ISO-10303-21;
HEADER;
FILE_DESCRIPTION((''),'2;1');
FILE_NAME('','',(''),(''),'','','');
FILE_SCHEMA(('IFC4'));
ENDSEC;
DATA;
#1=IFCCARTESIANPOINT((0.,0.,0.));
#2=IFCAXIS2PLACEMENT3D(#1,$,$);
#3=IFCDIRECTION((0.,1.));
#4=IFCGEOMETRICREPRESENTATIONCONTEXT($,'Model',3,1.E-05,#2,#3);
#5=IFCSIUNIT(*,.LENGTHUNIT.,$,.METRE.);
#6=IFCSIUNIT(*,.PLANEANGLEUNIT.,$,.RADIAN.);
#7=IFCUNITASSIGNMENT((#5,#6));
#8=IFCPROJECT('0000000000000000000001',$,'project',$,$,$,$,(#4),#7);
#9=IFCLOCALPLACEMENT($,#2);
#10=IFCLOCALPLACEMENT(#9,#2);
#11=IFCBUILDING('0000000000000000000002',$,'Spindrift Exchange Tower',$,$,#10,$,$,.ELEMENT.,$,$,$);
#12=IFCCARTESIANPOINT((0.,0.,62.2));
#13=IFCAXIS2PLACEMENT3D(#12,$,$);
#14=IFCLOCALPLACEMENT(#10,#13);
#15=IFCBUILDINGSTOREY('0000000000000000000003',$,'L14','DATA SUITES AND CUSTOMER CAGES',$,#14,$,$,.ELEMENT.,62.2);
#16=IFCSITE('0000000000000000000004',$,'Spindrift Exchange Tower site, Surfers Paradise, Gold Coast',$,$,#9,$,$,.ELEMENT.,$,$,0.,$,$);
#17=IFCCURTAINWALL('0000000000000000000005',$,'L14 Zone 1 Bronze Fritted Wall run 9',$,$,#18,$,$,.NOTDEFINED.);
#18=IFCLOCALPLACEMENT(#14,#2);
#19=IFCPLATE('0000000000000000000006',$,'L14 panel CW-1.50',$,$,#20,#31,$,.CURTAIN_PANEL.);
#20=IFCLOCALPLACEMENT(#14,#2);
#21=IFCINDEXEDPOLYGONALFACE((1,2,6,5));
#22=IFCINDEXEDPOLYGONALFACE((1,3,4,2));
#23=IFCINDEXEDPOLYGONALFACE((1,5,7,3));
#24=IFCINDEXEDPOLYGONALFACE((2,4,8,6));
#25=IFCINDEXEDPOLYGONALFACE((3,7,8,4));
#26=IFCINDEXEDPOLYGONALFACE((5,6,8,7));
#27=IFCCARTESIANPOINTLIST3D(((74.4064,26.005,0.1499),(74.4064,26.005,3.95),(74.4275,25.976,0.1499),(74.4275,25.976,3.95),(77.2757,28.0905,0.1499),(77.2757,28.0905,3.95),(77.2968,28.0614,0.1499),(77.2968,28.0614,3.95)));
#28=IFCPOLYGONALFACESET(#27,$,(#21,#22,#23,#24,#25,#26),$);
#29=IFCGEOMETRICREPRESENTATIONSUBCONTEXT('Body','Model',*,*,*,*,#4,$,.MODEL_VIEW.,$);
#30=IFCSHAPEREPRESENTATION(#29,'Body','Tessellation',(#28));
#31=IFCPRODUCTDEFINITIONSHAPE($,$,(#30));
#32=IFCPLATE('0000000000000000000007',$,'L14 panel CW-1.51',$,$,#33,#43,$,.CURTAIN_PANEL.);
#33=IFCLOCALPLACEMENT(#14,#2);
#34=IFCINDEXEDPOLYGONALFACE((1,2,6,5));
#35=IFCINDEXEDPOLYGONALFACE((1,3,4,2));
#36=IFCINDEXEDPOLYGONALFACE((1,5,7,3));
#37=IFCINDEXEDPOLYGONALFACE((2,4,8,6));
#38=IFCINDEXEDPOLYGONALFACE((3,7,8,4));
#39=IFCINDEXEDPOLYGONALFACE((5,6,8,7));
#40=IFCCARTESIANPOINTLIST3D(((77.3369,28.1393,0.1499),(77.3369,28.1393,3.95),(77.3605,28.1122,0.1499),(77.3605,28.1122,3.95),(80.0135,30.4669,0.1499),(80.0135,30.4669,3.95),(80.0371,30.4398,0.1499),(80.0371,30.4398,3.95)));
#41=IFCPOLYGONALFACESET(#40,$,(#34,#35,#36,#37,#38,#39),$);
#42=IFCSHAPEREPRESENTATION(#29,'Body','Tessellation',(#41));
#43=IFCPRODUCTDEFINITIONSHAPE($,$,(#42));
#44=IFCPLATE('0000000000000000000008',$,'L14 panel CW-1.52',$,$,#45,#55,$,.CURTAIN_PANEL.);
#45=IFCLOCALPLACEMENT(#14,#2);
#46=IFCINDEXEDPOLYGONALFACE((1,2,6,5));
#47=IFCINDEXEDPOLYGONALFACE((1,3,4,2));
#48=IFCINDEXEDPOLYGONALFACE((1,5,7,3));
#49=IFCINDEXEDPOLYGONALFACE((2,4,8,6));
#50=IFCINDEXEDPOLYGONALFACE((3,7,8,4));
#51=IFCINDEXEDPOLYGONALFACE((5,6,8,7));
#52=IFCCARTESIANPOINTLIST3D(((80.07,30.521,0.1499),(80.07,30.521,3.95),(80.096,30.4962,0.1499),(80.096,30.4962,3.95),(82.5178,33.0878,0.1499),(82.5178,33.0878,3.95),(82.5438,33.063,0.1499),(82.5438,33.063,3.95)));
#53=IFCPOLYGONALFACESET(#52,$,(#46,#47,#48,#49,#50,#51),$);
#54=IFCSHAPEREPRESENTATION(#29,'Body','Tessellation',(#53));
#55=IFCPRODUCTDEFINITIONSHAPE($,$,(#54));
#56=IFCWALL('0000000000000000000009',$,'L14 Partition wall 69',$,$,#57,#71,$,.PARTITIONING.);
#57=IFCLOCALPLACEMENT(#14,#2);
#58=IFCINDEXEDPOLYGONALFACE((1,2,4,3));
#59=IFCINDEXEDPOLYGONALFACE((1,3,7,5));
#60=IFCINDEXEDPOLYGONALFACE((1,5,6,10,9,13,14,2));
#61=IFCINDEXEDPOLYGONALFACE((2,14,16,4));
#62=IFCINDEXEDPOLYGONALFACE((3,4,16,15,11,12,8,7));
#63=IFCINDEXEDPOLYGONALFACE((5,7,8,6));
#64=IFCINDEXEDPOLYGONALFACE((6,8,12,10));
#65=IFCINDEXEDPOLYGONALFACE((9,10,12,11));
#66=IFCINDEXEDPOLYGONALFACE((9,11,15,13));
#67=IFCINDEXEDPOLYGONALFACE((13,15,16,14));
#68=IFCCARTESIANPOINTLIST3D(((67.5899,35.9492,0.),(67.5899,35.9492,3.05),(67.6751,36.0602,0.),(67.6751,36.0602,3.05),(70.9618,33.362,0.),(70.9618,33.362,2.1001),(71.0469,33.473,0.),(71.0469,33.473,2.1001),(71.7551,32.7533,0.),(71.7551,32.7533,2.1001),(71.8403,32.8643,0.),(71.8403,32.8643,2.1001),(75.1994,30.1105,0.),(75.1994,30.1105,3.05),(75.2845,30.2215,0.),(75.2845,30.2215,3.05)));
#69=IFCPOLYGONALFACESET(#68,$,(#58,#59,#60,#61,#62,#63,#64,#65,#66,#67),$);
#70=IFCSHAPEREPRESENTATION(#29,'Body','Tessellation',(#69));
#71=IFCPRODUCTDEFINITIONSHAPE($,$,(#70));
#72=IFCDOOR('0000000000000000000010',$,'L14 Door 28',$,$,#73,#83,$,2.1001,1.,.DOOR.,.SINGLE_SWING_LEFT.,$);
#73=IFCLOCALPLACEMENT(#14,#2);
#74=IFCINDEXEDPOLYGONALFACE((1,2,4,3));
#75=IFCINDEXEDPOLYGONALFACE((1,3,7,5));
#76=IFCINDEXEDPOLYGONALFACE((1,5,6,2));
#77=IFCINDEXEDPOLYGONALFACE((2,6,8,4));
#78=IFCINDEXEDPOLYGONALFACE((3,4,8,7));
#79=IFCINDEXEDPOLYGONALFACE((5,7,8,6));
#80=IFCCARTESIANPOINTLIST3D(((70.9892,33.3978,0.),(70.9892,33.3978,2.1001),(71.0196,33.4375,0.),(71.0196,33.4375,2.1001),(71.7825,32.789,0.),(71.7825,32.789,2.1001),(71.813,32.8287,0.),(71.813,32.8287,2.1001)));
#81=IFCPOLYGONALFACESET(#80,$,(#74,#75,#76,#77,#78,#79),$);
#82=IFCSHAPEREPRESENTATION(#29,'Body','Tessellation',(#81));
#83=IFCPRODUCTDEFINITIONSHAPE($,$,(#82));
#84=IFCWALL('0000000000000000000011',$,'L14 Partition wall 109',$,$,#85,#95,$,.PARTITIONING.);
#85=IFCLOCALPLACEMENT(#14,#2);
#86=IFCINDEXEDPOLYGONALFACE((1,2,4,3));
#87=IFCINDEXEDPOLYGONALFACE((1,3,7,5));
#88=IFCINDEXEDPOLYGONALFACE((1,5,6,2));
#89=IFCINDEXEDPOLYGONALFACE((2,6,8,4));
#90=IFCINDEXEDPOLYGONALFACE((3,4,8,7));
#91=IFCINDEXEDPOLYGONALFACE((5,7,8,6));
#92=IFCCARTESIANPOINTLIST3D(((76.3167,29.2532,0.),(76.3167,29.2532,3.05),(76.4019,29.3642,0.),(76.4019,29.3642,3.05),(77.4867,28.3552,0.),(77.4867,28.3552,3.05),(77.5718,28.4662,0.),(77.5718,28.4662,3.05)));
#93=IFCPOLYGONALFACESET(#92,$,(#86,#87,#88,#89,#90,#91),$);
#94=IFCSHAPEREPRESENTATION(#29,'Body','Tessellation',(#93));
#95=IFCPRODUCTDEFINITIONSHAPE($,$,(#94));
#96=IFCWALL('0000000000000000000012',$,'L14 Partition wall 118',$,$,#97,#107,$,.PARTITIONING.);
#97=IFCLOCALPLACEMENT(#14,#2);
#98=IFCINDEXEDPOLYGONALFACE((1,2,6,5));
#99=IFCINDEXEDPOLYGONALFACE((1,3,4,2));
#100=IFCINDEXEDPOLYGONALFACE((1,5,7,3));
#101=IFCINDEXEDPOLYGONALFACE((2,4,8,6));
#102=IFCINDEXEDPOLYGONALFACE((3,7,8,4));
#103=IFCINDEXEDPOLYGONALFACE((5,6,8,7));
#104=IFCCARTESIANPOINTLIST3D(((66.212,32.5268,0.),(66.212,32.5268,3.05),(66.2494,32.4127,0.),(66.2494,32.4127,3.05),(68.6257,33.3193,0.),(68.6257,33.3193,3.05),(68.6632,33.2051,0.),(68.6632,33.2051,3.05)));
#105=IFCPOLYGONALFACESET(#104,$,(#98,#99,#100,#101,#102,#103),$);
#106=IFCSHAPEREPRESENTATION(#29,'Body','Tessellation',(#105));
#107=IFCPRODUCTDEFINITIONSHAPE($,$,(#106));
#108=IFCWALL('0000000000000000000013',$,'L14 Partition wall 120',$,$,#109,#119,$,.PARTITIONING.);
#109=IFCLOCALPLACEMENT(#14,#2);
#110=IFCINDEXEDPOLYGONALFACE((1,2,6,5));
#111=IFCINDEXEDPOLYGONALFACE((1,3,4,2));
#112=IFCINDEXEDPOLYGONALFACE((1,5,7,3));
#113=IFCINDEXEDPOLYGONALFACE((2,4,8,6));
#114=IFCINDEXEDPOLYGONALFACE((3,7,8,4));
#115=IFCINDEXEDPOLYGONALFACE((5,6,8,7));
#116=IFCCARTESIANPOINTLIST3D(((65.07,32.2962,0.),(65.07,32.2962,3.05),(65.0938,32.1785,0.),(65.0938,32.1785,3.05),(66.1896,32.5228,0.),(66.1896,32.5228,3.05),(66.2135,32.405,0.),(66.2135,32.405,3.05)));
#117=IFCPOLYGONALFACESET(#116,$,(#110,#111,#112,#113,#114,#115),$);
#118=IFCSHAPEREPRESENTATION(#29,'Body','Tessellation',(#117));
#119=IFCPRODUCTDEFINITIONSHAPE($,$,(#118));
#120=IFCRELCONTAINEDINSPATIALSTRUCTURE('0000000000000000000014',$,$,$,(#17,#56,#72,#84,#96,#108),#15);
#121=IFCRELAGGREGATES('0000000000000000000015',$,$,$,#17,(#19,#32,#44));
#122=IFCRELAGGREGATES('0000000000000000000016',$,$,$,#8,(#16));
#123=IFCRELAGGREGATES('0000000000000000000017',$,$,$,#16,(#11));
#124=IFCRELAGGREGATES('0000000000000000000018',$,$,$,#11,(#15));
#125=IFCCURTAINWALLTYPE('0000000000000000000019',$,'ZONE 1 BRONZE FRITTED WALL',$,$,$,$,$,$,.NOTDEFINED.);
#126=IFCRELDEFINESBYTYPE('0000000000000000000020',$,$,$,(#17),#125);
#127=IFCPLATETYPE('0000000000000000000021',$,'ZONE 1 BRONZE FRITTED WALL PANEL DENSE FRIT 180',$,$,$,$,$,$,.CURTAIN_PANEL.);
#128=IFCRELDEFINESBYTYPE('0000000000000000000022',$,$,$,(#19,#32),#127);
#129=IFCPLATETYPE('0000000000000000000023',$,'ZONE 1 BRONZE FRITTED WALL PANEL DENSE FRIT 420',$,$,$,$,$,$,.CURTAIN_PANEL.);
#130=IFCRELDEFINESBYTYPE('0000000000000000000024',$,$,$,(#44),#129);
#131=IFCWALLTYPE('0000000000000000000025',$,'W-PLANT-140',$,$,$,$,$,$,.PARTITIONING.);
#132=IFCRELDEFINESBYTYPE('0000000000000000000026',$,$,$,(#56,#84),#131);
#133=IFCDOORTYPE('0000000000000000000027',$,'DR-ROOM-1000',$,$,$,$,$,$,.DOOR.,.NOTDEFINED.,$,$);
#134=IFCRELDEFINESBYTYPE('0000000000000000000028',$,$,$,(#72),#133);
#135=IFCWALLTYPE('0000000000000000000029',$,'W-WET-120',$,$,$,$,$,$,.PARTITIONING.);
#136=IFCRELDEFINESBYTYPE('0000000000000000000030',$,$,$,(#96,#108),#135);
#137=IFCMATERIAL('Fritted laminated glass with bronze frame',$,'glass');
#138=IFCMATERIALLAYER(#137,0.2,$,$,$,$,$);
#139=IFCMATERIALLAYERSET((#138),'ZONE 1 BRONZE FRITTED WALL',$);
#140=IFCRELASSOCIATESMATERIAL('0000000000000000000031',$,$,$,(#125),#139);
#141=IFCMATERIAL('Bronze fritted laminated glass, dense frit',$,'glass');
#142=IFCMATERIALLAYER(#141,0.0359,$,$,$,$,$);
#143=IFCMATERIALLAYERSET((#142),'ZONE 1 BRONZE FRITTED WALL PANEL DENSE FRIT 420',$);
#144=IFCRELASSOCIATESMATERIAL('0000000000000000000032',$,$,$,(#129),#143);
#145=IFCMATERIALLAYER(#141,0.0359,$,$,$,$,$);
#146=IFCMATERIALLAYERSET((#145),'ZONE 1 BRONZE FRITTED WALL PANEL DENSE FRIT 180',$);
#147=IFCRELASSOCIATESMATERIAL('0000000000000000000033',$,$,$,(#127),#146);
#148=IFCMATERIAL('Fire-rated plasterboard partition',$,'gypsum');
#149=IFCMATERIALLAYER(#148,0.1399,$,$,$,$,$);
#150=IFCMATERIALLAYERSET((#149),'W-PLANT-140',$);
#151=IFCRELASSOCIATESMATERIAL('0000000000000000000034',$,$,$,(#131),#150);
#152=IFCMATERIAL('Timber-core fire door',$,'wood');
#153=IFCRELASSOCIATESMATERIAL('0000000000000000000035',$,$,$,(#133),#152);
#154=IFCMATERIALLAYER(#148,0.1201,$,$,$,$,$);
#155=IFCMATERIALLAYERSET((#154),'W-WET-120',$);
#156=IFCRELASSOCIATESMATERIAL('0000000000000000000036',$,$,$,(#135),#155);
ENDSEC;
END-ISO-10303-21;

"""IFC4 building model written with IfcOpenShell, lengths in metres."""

from ifc_helpers import new_model, si_unit, direction, frame, frame_2d, origin, origin_2d, place, context, subcontext, project, spatial, rectangle, extrude, source, transform, mapped, material, layer, layer_set, type_object, element, fill, aggregate, save


model = new_model("IFC4")

# Units and contexts
model_context = context("Model", 3, precision=1e-05, world=origin(), true_north=direction((0.0, 1.0)))
body_context = subcontext(model_context, "Body", "Model", "MODEL_VIEW")
ifc_project = project(units=[si_unit("LENGTHUNIT", "METRE"), si_unit("PLANEANGLEUNIT", "RADIAN")], contexts=[model_context])

# Site, building, storey
site_placement = place(None, origin())
site = spatial("IfcSite", under=ifc_project, at=site_placement, Name="Spindrift Exchange Tower site, Surfers Paradise, Gold Coast", CompositionType="ELEMENT", RefElevation=0.0)
building_placement = place(site_placement, origin())
building = spatial("IfcBuilding", under=site, at=building_placement, Name="Spindrift Exchange Tower", CompositionType="ELEMENT")
storey_placement = place(building_placement, frame((0.0, 0.0, 62.2)))
storey = spatial("IfcBuildingStorey", under=building, at=storey_placement, Name="L14", Description="DATA SUITES AND CUSTOMER CAGES", CompositionType="ELEMENT", Elevation=62.2)

# Shared definitions
ifc_material_1 = material(Name="Fritted laminated glass with bronze frame", Category="glass")
ifc_layer_1 = layer(ifc_material_1, 0.2)
ifc_layer_set_1 = layer_set([ifc_layer_1], Name="ZONE 1 BRONZE FRITTED WALL")
curtain_wall_type = type_object("IfcCurtainWallType", Name="ZONE 1 BRONZE FRITTED WALL", PredefinedType="NOTDEFINED", material=ifc_layer_set_1)

# Curtain wall
curtain_wall_1_placement = place(storey_placement, origin())
curtain_wall_1 = element("IfcCurtainWall", 1, at=curtain_wall_1_placement, inside=storey, type_object=curtain_wall_type, Name="L14 Zone 1 Bronze Fritted Wall run 9", PredefinedType="NOTDEFINED")

# Plates
ifc_material_2 = material(Name="Bronze fritted laminated glass, dense frit", Category="glass")
ifc_layer_2 = layer(ifc_material_2, 0.0359)
ifc_layer_set_2 = layer_set([ifc_layer_2], Name="ZONE 1 BRONZE FRITTED WALL PANEL DENSE FRIT 420")
plate_type_1 = type_object("IfcPlateType", Name="ZONE 1 BRONZE FRITTED WALL PANEL DENSE FRIT 420", PredefinedType="CURTAIN_PANEL", material=ifc_layer_set_2)
ifc_layer_3 = layer(ifc_material_2, 0.0359)
ifc_layer_set_3 = layer_set([ifc_layer_3], Name="ZONE 1 BRONZE FRITTED WALL PANEL DENSE FRIT 180")
plate_type_2 = type_object("IfcPlateType", Name="ZONE 1 BRONZE FRITTED WALL PANEL DENSE FRIT 180", PredefinedType="CURTAIN_PANEL", material=ifc_layer_set_3)
shared_shape_1 = source(origin(), body_context, "Body", "SweptSolid", [
    extrude(rectangle(XDim=3.5471, YDim=0.0359, at=origin_2d()), origin(), (0.0, 0.0, 1.0), 3.8),
])
plate_1_placement = place(storey_placement, frame((75.8516, 27.0332, 0.1499), z_axis=(0.0, 0.0, 1.0), x_axis=(0.808909, 0.587934, 0.0)))
plate_1 = element("IfcPlate", 2, at=plate_1_placement, type_object=plate_type_2, Name="L14 panel CW-1.50", PredefinedType="CURTAIN_PANEL", context=body_context, shape_type="MappedRepresentation", body=[
    mapped(shared_shape_1, transform((0.0, 0.0, 0.0), scale=1.0)),
])
plate_2_placement = place(storey_placement, frame((78.687, 29.2896, 0.1499), z_axis=(0.0, 0.0, 1.0), x_axis=(0.75458, 0.656208, 0.0)))
plate_2 = element("IfcPlate", 3, at=plate_2_placement, type_object=plate_type_2, Name="L14 panel CW-1.51", PredefinedType="CURTAIN_PANEL", context=body_context, shape_type="MappedRepresentation", body=[
    mapped(shared_shape_1, transform((0.0, 0.0, 0.0), scale=1.0)),
])
shared_shape_2 = source(origin(), body_context, "Body", "SweptSolid", [
    extrude(rectangle(XDim=3.5469, YDim=0.0359, at=origin_2d()), origin(), (0.0, 0.0, 1.0), 3.8),
])
plate_3_placement = place(storey_placement, frame((81.3069, 31.792, 0.1499), z_axis=(0.0, 0.0, 1.0), x_axis=(0.69013, 0.723685, 0.0)))
plate_3 = element("IfcPlate", 4, at=plate_3_placement, type_object=plate_type_1, Name="L14 panel CW-1.52", PredefinedType="CURTAIN_PANEL", context=body_context, shape_type="MappedRepresentation", body=[
    mapped(shared_shape_2, transform((0.0, 0.0, 0.0), scale=1.0)),
])
aggregate(curtain_wall_1, [plate_1, plate_2, plate_3])

# Wall, opening, door
ifc_material_3 = material(Name="Fire-rated plasterboard partition", Category="gypsum")
ifc_layer_4 = layer(ifc_material_3, 0.1399)
ifc_layer_set_4 = layer_set([ifc_layer_4], Name="W-PLANT-140")
wall_type_1 = type_object("IfcWallType", Name="W-PLANT-140", PredefinedType="PARTITIONING", material=ifc_layer_set_4)
wall_1_placement = place(storey_placement, frame((75.2419, 30.166, 0.0), z_axis=(0.0, 0.0, 1.0), x_axis=(-0.793366, 0.608745, 0.0)))
wall_1 = element("IfcWall", 5, at=wall_1_placement, inside=storey, type_object=wall_type_1, Name="L14 Partition wall 69", PredefinedType="PARTITIONING", context=body_context, shape_type="SweptSolid", body=[
    extrude(rectangle(XDim=9.5913, YDim=0.1399, at=frame_2d((4.7957, 0.0))), origin(), (0.0, 0.0, 1.0), 3.05),
])
opening_placement = place(wall_1_placement, frame((4.3413, 0.0, 0.0)))
opening = element("IfcOpeningElement", 6, at=opening_placement, cuts=wall_1, PredefinedType="OPENING", context=body_context, shape_type="SweptSolid", body=[
    extrude(rectangle(XDim=1.0, YDim=2.1001, at=frame_2d((0.5, 1.05))), frame((0.0, 0.0798, 0.0), z_axis=(0.0, -1.0, 0.0), x_axis=(1.0, 0.0, 0.0)), (0.0, 0.0, 1.0), 0.1599),
])
ifc_material_4 = material(Name="Timber-core fire door", Category="wood")
door_type = type_object("IfcDoorType", Name="DR-ROOM-1000", OperationType="NOTDEFINED", PredefinedType="DOOR", material=ifc_material_4)
shared_shape_3 = source(origin(), body_context, "Body", "SweptSolid", [
    extrude(rectangle(XDim=1.0, YDim=2.1001, at=frame_2d((0.5, 1.05))), frame((0.0, 0.0249, 0.0), z_axis=(0.0, -1.0, 0.0), x_axis=(1.0, 0.0, 0.0)), (0.0, 0.0, 1.0), 0.05),
])
door_placement = place(opening_placement, origin())
door = element("IfcDoor", 7, at=door_placement, inside=storey, type_object=door_type, Name="L14 Door 28", OperationType="SINGLE_SWING_LEFT", OverallHeight=2.1001, OverallWidth=1.0, PredefinedType="DOOR", context=body_context, shape_type="MappedRepresentation", body=[
    mapped(shared_shape_3, transform((0.0, 0.0, 0.0), scale=1.0)),
])
fill(opening, door)

# Walls
wall_2_placement = place(storey_placement, frame((76.3594, 29.3086, 0.0), z_axis=(0.0, 0.0, 1.0), x_axis=(0.793276, -0.608862, 0.0)))
element("IfcWall", 8, at=wall_2_placement, inside=storey, type_object=wall_type_1, Name="L14 Partition wall 109", PredefinedType="PARTITIONING", context=body_context, shape_type="SweptSolid", body=[
    extrude(rectangle(XDim=1.4749, YDim=0.1399, at=frame_2d((0.7373, 0.0))), origin(), (0.0, 0.0, 1.0), 3.05),
])
ifc_layer_5 = layer(ifc_material_3, 0.1201)
ifc_layer_set_5 = layer_set([ifc_layer_5], Name="W-WET-120")
wall_type_2 = type_object("IfcWallType", Name="W-WET-120", PredefinedType="PARTITIONING", material=ifc_layer_set_5)
wall_3_placement = place(storey_placement, frame((66.2307, 32.4697, 0.0), z_axis=(0.0, 0.0, 1.0), x_axis=(0.950105, 0.311929, 0.0)))
element("IfcWall", 9, at=wall_3_placement, inside=storey, type_object=wall_type_2, Name="L14 Partition wall 118", PredefinedType="PARTITIONING", context=body_context, shape_type="SweptSolid", body=[
    extrude(rectangle(XDim=2.5405, YDim=0.1201, at=frame_2d((1.2703, 0.0))), origin(), (0.0, 0.0, 1.0), 3.05),
])
wall_4_placement = place(storey_placement, frame((65.0818, 32.2373, 0.0), z_axis=(0.0, 0.0, 1.0), x_axis=(0.980134, 0.198335, 0.0)))
element("IfcWall", 10, at=wall_4_placement, inside=storey, type_object=wall_type_2, Name="L14 Partition wall 120", PredefinedType="PARTITIONING", context=body_context, shape_type="SweptSolid", body=[
    extrude(rectangle(XDim=1.1423, YDim=0.1201, at=frame_2d((0.5713, 0.0))), origin(), (0.0, 0.0, 1.0), 3.05),
])

save(model, "model.ifc")
